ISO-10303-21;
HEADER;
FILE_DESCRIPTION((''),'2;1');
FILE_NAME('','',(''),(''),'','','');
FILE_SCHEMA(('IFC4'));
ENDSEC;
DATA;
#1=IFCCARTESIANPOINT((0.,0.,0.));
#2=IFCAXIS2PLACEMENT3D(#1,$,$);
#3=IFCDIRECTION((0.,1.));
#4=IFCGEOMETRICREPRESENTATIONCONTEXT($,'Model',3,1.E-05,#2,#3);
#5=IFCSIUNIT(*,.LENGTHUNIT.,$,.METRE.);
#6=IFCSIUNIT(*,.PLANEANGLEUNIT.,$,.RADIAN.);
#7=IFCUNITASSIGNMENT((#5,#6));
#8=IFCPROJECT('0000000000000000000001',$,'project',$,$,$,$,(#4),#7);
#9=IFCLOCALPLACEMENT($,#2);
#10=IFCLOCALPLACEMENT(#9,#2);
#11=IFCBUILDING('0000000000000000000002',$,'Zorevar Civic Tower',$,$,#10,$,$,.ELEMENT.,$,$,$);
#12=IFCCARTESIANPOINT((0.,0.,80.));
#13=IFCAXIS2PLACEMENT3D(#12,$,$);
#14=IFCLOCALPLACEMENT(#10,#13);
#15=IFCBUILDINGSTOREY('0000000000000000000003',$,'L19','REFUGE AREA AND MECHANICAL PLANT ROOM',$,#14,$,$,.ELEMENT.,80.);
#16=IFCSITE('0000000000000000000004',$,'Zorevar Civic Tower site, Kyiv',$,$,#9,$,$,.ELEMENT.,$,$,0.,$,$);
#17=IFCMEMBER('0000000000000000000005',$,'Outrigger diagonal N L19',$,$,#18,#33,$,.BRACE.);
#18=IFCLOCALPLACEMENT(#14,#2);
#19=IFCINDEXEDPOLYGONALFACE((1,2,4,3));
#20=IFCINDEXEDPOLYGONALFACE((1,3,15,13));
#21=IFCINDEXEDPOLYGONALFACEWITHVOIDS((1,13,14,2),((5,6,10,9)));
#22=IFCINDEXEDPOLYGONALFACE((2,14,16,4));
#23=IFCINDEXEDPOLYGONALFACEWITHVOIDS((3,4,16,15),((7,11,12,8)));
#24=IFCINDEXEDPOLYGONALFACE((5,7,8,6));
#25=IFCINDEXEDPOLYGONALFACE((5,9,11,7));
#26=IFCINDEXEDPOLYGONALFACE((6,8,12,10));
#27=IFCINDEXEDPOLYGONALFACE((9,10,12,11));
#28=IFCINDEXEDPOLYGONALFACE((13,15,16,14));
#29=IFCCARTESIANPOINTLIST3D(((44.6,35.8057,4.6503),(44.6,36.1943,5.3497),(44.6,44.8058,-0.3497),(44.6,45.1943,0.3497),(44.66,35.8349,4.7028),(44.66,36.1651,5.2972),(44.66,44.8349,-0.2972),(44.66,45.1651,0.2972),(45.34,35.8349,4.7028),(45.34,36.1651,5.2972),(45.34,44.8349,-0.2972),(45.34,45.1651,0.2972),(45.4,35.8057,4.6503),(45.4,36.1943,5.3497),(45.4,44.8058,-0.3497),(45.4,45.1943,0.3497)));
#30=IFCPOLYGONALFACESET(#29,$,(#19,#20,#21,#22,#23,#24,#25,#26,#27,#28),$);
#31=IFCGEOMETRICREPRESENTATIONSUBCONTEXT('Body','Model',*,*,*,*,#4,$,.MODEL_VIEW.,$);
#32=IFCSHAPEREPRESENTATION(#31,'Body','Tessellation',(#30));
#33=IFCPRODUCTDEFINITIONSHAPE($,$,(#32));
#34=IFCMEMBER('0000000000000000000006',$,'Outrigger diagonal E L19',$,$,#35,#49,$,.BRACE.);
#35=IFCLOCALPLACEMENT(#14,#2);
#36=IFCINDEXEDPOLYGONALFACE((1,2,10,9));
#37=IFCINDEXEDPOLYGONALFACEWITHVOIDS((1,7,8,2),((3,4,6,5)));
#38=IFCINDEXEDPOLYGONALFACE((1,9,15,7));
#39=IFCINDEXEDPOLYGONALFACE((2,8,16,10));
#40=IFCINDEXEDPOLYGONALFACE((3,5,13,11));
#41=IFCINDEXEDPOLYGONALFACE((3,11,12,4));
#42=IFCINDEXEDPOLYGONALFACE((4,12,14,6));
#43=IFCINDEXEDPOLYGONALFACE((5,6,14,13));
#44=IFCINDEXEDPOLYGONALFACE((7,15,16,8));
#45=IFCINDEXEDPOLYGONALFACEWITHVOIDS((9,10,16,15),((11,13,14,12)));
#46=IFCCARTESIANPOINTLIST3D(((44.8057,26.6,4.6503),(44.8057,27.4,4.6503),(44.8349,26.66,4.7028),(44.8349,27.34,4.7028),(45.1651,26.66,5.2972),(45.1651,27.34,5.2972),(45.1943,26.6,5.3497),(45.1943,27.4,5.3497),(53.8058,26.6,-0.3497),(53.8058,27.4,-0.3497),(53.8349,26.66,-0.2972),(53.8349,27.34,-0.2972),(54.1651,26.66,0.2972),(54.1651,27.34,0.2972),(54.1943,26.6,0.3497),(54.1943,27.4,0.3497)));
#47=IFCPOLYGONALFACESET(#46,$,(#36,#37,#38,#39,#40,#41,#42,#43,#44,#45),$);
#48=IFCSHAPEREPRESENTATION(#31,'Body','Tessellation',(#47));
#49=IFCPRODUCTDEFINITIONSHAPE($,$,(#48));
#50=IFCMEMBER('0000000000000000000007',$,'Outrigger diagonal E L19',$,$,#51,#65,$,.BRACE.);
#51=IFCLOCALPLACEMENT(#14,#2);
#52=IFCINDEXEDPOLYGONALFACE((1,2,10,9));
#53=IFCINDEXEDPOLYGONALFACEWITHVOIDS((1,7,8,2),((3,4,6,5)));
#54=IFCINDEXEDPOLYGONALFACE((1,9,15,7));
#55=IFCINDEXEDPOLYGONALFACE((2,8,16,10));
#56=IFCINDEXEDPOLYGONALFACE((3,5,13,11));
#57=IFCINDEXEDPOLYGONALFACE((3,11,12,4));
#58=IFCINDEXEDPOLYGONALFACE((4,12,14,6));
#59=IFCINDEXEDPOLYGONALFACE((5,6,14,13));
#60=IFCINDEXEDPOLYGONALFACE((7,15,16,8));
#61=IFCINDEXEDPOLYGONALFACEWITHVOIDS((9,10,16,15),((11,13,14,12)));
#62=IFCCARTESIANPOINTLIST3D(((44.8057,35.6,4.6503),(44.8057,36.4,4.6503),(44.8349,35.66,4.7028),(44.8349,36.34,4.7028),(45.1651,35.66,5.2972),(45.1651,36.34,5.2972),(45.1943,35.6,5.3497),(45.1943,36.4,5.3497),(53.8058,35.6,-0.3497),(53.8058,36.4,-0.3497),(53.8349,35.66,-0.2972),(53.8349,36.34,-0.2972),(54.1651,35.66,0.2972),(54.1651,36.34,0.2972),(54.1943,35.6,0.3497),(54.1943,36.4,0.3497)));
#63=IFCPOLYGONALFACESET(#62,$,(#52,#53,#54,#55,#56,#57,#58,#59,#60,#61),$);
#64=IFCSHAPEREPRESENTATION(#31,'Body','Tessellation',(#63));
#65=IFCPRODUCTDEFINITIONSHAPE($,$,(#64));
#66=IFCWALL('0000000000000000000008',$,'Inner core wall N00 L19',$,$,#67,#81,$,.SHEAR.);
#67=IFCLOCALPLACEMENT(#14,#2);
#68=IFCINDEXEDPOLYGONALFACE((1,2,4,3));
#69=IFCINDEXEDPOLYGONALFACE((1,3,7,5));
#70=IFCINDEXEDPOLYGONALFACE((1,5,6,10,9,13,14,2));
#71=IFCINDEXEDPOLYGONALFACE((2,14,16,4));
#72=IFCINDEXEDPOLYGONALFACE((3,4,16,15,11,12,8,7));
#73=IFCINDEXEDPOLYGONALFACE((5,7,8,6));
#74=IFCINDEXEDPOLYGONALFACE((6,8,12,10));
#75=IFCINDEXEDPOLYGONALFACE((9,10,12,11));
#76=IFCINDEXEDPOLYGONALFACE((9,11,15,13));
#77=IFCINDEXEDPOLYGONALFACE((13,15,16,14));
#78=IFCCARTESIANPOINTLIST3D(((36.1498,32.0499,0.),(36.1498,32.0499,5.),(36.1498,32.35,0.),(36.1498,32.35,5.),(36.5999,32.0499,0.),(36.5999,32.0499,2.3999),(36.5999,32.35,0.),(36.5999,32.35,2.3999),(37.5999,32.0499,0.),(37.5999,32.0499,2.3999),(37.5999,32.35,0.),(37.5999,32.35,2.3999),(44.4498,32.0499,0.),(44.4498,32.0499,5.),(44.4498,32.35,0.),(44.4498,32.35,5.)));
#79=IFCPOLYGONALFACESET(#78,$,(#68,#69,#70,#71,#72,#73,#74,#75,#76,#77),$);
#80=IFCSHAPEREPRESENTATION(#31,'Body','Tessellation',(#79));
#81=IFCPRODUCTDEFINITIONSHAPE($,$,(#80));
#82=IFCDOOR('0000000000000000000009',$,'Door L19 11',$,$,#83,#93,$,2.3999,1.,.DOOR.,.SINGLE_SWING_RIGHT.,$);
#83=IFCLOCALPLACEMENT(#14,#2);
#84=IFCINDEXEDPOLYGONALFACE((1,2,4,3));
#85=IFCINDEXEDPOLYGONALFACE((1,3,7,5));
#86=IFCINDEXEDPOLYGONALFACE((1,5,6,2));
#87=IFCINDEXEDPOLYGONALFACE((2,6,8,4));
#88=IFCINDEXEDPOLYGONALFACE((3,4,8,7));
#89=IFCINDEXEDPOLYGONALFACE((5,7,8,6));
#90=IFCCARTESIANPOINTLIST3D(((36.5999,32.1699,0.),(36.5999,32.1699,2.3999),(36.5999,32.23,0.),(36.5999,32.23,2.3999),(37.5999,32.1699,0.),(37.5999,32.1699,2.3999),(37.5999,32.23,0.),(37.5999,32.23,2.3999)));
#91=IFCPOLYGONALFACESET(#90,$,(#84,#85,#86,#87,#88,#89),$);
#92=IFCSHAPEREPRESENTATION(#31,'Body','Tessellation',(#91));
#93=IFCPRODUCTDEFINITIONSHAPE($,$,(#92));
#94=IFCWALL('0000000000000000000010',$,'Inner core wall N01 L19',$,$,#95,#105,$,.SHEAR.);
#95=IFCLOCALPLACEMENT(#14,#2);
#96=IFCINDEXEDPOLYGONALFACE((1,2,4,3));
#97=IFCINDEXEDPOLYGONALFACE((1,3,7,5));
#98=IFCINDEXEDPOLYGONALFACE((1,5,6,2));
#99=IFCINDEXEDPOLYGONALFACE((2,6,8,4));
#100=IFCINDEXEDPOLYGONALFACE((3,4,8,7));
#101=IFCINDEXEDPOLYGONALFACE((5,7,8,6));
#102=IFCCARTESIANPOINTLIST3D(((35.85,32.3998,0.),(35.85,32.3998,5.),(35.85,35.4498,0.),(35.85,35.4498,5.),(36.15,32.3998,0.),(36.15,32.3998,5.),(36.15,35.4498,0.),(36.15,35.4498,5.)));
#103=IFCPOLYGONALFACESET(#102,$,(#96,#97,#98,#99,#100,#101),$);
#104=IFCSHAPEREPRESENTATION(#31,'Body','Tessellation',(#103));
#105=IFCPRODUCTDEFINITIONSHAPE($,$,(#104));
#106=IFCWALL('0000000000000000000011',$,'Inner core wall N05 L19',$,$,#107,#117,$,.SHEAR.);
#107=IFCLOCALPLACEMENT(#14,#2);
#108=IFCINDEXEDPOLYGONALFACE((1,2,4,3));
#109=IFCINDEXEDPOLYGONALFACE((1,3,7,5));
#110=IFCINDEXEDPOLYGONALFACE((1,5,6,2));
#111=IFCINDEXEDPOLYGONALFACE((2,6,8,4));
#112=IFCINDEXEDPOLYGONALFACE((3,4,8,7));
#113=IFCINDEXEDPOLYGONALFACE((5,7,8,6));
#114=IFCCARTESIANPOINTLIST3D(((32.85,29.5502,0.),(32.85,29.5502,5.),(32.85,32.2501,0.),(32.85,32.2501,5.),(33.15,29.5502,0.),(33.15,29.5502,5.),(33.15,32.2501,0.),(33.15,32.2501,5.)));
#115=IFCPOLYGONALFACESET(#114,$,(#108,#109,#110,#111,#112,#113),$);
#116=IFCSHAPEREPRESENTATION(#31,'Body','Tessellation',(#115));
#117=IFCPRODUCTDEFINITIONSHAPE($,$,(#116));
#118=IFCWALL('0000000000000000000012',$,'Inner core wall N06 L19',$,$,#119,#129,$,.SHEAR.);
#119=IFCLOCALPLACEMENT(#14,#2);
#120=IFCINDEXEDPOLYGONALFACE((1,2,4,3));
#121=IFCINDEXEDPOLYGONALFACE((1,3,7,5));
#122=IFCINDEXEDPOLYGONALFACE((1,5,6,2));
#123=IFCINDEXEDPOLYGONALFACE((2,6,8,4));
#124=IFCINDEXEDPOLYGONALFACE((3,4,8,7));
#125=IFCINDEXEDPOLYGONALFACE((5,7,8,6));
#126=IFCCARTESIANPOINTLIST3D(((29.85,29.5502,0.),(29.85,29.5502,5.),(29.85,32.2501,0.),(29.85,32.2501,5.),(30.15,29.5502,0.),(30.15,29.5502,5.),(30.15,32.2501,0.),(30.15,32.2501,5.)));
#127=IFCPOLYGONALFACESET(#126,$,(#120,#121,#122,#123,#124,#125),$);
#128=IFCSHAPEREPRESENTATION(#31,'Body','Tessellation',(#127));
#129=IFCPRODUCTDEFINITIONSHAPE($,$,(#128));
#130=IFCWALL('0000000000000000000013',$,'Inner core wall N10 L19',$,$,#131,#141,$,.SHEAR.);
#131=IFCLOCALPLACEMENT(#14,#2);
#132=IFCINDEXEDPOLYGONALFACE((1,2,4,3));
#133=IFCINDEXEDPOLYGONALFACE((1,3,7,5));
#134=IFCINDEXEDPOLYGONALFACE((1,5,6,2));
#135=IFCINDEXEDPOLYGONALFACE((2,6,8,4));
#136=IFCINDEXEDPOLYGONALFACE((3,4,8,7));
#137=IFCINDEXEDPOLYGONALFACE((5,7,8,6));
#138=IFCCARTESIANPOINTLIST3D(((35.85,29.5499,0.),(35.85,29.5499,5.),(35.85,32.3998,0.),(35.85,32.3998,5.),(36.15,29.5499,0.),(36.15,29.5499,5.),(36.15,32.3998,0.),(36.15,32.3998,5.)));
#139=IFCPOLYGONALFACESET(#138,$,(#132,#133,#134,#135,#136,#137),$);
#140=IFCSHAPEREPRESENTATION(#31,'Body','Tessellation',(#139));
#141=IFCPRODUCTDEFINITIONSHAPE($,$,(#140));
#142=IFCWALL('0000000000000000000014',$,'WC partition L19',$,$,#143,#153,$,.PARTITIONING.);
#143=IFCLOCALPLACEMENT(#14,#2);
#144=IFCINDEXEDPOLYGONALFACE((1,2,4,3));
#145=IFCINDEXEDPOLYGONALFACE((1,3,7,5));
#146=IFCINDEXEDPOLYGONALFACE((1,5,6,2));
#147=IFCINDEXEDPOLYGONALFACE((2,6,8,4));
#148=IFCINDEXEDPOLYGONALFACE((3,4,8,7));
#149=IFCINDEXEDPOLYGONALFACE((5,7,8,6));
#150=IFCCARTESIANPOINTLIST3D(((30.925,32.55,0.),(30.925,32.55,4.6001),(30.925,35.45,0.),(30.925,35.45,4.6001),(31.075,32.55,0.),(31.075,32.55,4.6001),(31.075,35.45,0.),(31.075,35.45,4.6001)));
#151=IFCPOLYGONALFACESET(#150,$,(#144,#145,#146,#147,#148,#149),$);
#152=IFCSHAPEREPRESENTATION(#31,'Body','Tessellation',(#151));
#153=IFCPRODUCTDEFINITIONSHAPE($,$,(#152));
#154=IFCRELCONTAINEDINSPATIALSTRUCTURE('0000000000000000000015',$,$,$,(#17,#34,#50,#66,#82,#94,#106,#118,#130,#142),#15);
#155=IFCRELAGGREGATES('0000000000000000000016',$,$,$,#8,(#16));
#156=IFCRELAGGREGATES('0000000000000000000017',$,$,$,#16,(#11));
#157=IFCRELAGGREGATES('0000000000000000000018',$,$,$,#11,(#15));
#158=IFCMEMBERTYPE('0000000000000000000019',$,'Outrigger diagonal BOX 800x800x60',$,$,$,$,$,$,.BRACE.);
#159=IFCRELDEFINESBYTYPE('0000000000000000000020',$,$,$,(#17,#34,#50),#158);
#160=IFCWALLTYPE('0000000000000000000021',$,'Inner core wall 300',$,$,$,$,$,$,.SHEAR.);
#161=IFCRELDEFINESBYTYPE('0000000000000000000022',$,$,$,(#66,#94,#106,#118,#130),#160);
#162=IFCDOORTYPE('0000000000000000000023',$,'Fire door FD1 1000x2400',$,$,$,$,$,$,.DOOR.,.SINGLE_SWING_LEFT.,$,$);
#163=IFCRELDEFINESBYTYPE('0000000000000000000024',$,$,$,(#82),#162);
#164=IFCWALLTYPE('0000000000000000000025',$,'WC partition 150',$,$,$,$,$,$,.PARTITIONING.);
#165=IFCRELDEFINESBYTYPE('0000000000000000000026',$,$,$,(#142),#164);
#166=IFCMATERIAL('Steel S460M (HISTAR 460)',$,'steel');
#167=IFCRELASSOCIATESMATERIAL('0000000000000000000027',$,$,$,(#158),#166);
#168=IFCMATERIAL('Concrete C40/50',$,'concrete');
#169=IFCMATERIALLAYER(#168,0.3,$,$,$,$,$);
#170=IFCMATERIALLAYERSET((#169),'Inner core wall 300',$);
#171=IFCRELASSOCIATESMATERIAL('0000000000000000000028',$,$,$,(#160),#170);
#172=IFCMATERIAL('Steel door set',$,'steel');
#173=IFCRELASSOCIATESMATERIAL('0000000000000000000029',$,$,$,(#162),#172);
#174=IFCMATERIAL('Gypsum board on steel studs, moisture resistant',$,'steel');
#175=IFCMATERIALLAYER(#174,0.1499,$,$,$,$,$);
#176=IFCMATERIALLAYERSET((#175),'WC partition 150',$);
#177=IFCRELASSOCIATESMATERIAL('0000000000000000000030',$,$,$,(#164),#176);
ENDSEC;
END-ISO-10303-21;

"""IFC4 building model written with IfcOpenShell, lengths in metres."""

from ifc_helpers import new_model, si_unit, direction, frame, frame_2d, origin, origin_2d, place, context, subcontext, project, spatial, rectangle, hollow_rectangle, extrude, material, layer, layer_set, material_profile, profile_set, type_object, element, fill, save


model = new_model("IFC4")

# Units and contexts
model_context = context("Model", 3, precision=1e-05, world=origin(), true_north=direction((0.0, 1.0)))
body_context = subcontext(model_context, "Body", "Model", "MODEL_VIEW")
ifc_project = project(units=[si_unit("LENGTHUNIT", "METRE"), si_unit("PLANEANGLEUNIT", "RADIAN")], contexts=[model_context])

# Site, building, storey
site_placement = place(None, origin())
site = spatial("IfcSite", under=ifc_project, at=site_placement, Name="Zorevar Civic Tower site, Kyiv", CompositionType="ELEMENT", RefElevation=0.0)
building_placement = place(site_placement, origin())
building = spatial("IfcBuilding", under=site, at=building_placement, Name="Zorevar Civic Tower", CompositionType="ELEMENT")
storey_placement = place(building_placement, frame((0.0, 0.0, 80.0)))
storey = spatial("IfcBuildingStorey", under=building, at=storey_placement, Name="L19", Description="REFUGE AREA AND MECHANICAL PLANT ROOM", CompositionType="ELEMENT", Elevation=80.0)

# Members
ifc_material_1 = material(Name="Steel S460M (HISTAR 460)", Category="steel")
ifc_material_profile_1 = material_profile(ifc_material_1, hollow_rectangle(XDim=0.8, YDim=0.8, WallThickness=0.0601, at=origin_2d()), Name="BOX 800x800x60")
ifc_profile_set_1 = profile_set([ifc_material_profile_1], Name="Steel S460M (HISTAR 460)")
member_type = type_object("IfcMemberType", Name="Outrigger diagonal BOX 800x800x60", PredefinedType="BRACE", material=ifc_profile_set_1)
for number, where, z_axis, x_axis, name in (
    (1, (45.0, 36.0, 5.0), (0.0, 0.874157, -0.485643), (-1.0, 0.0, 0.0), "Outrigger diagonal N L19"),
    (2, (45.0, 27.0, 5.0), (0.874157, 0.0, -0.485643), (0.0, 1.0, 0.0), "Outrigger diagonal E L19"),
    (3, (45.0, 36.0, 5.0), (0.874157, 0.0, -0.485643), (0.0, 1.0, 0.0), "Outrigger diagonal E L19"),
):
    element("IfcMember", number, at=place(storey_placement, frame(where, z_axis=z_axis, x_axis=x_axis)), inside=storey, type_object=member_type, Name=name, PredefinedType="BRACE", context=body_context, shape_type="SweptSolid", body=[
        extrude(hollow_rectangle(XDim=0.8, YDim=0.8, WallThickness=0.0601, at=origin_2d()), origin(), (0.0, 0.0, 1.0), 10.2957),
    ])

# Wall, opening, door
ifc_material_2 = material(Name="Concrete C40/50", Category="concrete")
ifc_layer_1 = layer(ifc_material_2, 0.3)
ifc_layer_set_1 = layer_set([ifc_layer_1], Name="Inner core wall 300")
wall_type_1 = type_object("IfcWallType", Name="Inner core wall 300", PredefinedType="SHEAR", material=ifc_layer_set_1)
wall_1_placement = place(storey_placement, frame((36.1499, 32.2, 0.0), z_axis=(0.0, 0.0, 1.0), x_axis=(1.0, 0.0, 0.0)))
wall_1 = element("IfcWall", 4, at=wall_1_placement, inside=storey, type_object=wall_type_1, Name="Inner core wall N00 L19", PredefinedType="SHEAR", context=body_context, shape_type="SweptSolid", body=[
    extrude(rectangle(XDim=8.3, YDim=0.3, at=frame_2d((4.1499, 0.0))), origin(), (0.0, 0.0, 1.0), 5.0),
])
opening_1_placement = place(wall_1_placement, frame((0.45, 0.0, 0.0)))
opening_1 = element("IfcOpeningElement", 5, at=opening_1_placement, cuts=wall_1, PredefinedType="OPENING", context=body_context, shape_type="SweptSolid", body=[
    extrude(rectangle(XDim=1.0, YDim=2.3999, at=frame_2d((0.5, 1.2))), frame((0.0, 0.1599, 0.0), z_axis=(0.0, -1.0, 0.0), x_axis=(1.0, 0.0, 0.0)), (0.0, 0.0, 1.0), 0.3201),
])
ifc_material_3 = material(Name="Steel door set", Category="steel")
door_type_1 = type_object("IfcDoorType", Name="Fire door FD1 1000x2400", OperationType="SINGLE_SWING_LEFT", PredefinedType="DOOR", material=ifc_material_3)
door_1_placement = place(opening_1_placement, origin())
door_1 = element("IfcDoor", 6, at=door_1_placement, inside=storey, type_object=door_type_1, Name="Door L19 11", OperationType="SINGLE_SWING_RIGHT", OverallHeight=2.3999, OverallWidth=1.0, PredefinedType="DOOR", context=body_context, shape_type="SweptSolid", body=[
    extrude(rectangle(XDim=1.0, YDim=2.3999, at=frame_2d((0.5, 1.2))), frame((0.0, 0.03, 0.0), z_axis=(0.0, -1.0, 0.0), x_axis=(1.0, 0.0, 0.0)), (0.0, 0.0, 1.0), 0.0601),
])
fill(opening_1, door_1)

# Wall
wall_2_placement = place(storey_placement, frame((36.0, 32.3999, 0.0), z_axis=(0.0, 0.0, 1.0), x_axis=(0.0, 1.0, 0.0)))
element("IfcWall", 7, at=wall_2_placement, inside=storey, type_object=wall_type_1, Name="Inner core wall N01 L19", PredefinedType="SHEAR", context=body_context, shape_type="SweptSolid", body=[
    extrude(rectangle(XDim=3.05, YDim=0.3, at=frame_2d((1.5249, 0.0))), origin(), (0.0, 0.0, 1.0), 5.0),
])

# Walls
for number, where, z_axis, x_axis, name in (
    (8, (33.0, 29.55, 0.0), (0.0, 0.0, 1.0), (0.0, 1.0, 0.0), "Inner core wall N05 L19"),
    (9, (30.0, 29.55, 0.0), (0.0, 0.0, 1.0), (0.0, 1.0, 0.0), "Inner core wall N06 L19"),
):
    element("IfcWall", number, at=place(storey_placement, frame(where, z_axis=z_axis, x_axis=x_axis)), inside=storey, type_object=wall_type_1, Name=name, PredefinedType="SHEAR", context=body_context, shape_type="SweptSolid", body=[
        extrude(rectangle(XDim=2.7, YDim=0.3, at=frame_2d((1.3501, 0.0))), origin(), (0.0, 0.0, 1.0), 5.0),
    ])
wall_3_placement = place(storey_placement, frame((36.0, 29.55, 0.0), z_axis=(0.0, 0.0, 1.0), x_axis=(0.0, 1.0, 0.0)))
element("IfcWall", 10, at=wall_3_placement, inside=storey, type_object=wall_type_1, Name="Inner core wall N10 L19", PredefinedType="SHEAR", context=body_context, shape_type="SweptSolid", body=[
    extrude(rectangle(XDim=2.8499, YDim=0.3, at=frame_2d((1.4248, 0.0))), origin(), (0.0, 0.0, 1.0), 5.0),
])
ifc_material_4 = material(Name="Gypsum board on steel studs, moisture resistant", Category="steel")
ifc_layer_2 = layer(ifc_material_4, 0.1499)
ifc_layer_set_2 = layer_set([ifc_layer_2], Name="WC partition 150")
wall_type_2 = type_object("IfcWallType", Name="WC partition 150", PredefinedType="PARTITIONING", material=ifc_layer_set_2)
wall_4_placement = place(storey_placement, frame((31.0, 32.55, 0.0), z_axis=(0.0, 0.0, 1.0), x_axis=(0.0, 1.0, 0.0)))
element("IfcWall", 11, at=wall_4_placement, inside=storey, type_object=wall_type_2, Name="WC partition L19", PredefinedType="PARTITIONING", context=body_context, shape_type="SweptSolid", body=[
    extrude(rectangle(XDim=2.8999, YDim=0.1499, at=frame_2d((1.45, 0.0))), origin(), (0.0, 0.0, 1.0), 4.6001),
])

save(model, "model.ifc")
